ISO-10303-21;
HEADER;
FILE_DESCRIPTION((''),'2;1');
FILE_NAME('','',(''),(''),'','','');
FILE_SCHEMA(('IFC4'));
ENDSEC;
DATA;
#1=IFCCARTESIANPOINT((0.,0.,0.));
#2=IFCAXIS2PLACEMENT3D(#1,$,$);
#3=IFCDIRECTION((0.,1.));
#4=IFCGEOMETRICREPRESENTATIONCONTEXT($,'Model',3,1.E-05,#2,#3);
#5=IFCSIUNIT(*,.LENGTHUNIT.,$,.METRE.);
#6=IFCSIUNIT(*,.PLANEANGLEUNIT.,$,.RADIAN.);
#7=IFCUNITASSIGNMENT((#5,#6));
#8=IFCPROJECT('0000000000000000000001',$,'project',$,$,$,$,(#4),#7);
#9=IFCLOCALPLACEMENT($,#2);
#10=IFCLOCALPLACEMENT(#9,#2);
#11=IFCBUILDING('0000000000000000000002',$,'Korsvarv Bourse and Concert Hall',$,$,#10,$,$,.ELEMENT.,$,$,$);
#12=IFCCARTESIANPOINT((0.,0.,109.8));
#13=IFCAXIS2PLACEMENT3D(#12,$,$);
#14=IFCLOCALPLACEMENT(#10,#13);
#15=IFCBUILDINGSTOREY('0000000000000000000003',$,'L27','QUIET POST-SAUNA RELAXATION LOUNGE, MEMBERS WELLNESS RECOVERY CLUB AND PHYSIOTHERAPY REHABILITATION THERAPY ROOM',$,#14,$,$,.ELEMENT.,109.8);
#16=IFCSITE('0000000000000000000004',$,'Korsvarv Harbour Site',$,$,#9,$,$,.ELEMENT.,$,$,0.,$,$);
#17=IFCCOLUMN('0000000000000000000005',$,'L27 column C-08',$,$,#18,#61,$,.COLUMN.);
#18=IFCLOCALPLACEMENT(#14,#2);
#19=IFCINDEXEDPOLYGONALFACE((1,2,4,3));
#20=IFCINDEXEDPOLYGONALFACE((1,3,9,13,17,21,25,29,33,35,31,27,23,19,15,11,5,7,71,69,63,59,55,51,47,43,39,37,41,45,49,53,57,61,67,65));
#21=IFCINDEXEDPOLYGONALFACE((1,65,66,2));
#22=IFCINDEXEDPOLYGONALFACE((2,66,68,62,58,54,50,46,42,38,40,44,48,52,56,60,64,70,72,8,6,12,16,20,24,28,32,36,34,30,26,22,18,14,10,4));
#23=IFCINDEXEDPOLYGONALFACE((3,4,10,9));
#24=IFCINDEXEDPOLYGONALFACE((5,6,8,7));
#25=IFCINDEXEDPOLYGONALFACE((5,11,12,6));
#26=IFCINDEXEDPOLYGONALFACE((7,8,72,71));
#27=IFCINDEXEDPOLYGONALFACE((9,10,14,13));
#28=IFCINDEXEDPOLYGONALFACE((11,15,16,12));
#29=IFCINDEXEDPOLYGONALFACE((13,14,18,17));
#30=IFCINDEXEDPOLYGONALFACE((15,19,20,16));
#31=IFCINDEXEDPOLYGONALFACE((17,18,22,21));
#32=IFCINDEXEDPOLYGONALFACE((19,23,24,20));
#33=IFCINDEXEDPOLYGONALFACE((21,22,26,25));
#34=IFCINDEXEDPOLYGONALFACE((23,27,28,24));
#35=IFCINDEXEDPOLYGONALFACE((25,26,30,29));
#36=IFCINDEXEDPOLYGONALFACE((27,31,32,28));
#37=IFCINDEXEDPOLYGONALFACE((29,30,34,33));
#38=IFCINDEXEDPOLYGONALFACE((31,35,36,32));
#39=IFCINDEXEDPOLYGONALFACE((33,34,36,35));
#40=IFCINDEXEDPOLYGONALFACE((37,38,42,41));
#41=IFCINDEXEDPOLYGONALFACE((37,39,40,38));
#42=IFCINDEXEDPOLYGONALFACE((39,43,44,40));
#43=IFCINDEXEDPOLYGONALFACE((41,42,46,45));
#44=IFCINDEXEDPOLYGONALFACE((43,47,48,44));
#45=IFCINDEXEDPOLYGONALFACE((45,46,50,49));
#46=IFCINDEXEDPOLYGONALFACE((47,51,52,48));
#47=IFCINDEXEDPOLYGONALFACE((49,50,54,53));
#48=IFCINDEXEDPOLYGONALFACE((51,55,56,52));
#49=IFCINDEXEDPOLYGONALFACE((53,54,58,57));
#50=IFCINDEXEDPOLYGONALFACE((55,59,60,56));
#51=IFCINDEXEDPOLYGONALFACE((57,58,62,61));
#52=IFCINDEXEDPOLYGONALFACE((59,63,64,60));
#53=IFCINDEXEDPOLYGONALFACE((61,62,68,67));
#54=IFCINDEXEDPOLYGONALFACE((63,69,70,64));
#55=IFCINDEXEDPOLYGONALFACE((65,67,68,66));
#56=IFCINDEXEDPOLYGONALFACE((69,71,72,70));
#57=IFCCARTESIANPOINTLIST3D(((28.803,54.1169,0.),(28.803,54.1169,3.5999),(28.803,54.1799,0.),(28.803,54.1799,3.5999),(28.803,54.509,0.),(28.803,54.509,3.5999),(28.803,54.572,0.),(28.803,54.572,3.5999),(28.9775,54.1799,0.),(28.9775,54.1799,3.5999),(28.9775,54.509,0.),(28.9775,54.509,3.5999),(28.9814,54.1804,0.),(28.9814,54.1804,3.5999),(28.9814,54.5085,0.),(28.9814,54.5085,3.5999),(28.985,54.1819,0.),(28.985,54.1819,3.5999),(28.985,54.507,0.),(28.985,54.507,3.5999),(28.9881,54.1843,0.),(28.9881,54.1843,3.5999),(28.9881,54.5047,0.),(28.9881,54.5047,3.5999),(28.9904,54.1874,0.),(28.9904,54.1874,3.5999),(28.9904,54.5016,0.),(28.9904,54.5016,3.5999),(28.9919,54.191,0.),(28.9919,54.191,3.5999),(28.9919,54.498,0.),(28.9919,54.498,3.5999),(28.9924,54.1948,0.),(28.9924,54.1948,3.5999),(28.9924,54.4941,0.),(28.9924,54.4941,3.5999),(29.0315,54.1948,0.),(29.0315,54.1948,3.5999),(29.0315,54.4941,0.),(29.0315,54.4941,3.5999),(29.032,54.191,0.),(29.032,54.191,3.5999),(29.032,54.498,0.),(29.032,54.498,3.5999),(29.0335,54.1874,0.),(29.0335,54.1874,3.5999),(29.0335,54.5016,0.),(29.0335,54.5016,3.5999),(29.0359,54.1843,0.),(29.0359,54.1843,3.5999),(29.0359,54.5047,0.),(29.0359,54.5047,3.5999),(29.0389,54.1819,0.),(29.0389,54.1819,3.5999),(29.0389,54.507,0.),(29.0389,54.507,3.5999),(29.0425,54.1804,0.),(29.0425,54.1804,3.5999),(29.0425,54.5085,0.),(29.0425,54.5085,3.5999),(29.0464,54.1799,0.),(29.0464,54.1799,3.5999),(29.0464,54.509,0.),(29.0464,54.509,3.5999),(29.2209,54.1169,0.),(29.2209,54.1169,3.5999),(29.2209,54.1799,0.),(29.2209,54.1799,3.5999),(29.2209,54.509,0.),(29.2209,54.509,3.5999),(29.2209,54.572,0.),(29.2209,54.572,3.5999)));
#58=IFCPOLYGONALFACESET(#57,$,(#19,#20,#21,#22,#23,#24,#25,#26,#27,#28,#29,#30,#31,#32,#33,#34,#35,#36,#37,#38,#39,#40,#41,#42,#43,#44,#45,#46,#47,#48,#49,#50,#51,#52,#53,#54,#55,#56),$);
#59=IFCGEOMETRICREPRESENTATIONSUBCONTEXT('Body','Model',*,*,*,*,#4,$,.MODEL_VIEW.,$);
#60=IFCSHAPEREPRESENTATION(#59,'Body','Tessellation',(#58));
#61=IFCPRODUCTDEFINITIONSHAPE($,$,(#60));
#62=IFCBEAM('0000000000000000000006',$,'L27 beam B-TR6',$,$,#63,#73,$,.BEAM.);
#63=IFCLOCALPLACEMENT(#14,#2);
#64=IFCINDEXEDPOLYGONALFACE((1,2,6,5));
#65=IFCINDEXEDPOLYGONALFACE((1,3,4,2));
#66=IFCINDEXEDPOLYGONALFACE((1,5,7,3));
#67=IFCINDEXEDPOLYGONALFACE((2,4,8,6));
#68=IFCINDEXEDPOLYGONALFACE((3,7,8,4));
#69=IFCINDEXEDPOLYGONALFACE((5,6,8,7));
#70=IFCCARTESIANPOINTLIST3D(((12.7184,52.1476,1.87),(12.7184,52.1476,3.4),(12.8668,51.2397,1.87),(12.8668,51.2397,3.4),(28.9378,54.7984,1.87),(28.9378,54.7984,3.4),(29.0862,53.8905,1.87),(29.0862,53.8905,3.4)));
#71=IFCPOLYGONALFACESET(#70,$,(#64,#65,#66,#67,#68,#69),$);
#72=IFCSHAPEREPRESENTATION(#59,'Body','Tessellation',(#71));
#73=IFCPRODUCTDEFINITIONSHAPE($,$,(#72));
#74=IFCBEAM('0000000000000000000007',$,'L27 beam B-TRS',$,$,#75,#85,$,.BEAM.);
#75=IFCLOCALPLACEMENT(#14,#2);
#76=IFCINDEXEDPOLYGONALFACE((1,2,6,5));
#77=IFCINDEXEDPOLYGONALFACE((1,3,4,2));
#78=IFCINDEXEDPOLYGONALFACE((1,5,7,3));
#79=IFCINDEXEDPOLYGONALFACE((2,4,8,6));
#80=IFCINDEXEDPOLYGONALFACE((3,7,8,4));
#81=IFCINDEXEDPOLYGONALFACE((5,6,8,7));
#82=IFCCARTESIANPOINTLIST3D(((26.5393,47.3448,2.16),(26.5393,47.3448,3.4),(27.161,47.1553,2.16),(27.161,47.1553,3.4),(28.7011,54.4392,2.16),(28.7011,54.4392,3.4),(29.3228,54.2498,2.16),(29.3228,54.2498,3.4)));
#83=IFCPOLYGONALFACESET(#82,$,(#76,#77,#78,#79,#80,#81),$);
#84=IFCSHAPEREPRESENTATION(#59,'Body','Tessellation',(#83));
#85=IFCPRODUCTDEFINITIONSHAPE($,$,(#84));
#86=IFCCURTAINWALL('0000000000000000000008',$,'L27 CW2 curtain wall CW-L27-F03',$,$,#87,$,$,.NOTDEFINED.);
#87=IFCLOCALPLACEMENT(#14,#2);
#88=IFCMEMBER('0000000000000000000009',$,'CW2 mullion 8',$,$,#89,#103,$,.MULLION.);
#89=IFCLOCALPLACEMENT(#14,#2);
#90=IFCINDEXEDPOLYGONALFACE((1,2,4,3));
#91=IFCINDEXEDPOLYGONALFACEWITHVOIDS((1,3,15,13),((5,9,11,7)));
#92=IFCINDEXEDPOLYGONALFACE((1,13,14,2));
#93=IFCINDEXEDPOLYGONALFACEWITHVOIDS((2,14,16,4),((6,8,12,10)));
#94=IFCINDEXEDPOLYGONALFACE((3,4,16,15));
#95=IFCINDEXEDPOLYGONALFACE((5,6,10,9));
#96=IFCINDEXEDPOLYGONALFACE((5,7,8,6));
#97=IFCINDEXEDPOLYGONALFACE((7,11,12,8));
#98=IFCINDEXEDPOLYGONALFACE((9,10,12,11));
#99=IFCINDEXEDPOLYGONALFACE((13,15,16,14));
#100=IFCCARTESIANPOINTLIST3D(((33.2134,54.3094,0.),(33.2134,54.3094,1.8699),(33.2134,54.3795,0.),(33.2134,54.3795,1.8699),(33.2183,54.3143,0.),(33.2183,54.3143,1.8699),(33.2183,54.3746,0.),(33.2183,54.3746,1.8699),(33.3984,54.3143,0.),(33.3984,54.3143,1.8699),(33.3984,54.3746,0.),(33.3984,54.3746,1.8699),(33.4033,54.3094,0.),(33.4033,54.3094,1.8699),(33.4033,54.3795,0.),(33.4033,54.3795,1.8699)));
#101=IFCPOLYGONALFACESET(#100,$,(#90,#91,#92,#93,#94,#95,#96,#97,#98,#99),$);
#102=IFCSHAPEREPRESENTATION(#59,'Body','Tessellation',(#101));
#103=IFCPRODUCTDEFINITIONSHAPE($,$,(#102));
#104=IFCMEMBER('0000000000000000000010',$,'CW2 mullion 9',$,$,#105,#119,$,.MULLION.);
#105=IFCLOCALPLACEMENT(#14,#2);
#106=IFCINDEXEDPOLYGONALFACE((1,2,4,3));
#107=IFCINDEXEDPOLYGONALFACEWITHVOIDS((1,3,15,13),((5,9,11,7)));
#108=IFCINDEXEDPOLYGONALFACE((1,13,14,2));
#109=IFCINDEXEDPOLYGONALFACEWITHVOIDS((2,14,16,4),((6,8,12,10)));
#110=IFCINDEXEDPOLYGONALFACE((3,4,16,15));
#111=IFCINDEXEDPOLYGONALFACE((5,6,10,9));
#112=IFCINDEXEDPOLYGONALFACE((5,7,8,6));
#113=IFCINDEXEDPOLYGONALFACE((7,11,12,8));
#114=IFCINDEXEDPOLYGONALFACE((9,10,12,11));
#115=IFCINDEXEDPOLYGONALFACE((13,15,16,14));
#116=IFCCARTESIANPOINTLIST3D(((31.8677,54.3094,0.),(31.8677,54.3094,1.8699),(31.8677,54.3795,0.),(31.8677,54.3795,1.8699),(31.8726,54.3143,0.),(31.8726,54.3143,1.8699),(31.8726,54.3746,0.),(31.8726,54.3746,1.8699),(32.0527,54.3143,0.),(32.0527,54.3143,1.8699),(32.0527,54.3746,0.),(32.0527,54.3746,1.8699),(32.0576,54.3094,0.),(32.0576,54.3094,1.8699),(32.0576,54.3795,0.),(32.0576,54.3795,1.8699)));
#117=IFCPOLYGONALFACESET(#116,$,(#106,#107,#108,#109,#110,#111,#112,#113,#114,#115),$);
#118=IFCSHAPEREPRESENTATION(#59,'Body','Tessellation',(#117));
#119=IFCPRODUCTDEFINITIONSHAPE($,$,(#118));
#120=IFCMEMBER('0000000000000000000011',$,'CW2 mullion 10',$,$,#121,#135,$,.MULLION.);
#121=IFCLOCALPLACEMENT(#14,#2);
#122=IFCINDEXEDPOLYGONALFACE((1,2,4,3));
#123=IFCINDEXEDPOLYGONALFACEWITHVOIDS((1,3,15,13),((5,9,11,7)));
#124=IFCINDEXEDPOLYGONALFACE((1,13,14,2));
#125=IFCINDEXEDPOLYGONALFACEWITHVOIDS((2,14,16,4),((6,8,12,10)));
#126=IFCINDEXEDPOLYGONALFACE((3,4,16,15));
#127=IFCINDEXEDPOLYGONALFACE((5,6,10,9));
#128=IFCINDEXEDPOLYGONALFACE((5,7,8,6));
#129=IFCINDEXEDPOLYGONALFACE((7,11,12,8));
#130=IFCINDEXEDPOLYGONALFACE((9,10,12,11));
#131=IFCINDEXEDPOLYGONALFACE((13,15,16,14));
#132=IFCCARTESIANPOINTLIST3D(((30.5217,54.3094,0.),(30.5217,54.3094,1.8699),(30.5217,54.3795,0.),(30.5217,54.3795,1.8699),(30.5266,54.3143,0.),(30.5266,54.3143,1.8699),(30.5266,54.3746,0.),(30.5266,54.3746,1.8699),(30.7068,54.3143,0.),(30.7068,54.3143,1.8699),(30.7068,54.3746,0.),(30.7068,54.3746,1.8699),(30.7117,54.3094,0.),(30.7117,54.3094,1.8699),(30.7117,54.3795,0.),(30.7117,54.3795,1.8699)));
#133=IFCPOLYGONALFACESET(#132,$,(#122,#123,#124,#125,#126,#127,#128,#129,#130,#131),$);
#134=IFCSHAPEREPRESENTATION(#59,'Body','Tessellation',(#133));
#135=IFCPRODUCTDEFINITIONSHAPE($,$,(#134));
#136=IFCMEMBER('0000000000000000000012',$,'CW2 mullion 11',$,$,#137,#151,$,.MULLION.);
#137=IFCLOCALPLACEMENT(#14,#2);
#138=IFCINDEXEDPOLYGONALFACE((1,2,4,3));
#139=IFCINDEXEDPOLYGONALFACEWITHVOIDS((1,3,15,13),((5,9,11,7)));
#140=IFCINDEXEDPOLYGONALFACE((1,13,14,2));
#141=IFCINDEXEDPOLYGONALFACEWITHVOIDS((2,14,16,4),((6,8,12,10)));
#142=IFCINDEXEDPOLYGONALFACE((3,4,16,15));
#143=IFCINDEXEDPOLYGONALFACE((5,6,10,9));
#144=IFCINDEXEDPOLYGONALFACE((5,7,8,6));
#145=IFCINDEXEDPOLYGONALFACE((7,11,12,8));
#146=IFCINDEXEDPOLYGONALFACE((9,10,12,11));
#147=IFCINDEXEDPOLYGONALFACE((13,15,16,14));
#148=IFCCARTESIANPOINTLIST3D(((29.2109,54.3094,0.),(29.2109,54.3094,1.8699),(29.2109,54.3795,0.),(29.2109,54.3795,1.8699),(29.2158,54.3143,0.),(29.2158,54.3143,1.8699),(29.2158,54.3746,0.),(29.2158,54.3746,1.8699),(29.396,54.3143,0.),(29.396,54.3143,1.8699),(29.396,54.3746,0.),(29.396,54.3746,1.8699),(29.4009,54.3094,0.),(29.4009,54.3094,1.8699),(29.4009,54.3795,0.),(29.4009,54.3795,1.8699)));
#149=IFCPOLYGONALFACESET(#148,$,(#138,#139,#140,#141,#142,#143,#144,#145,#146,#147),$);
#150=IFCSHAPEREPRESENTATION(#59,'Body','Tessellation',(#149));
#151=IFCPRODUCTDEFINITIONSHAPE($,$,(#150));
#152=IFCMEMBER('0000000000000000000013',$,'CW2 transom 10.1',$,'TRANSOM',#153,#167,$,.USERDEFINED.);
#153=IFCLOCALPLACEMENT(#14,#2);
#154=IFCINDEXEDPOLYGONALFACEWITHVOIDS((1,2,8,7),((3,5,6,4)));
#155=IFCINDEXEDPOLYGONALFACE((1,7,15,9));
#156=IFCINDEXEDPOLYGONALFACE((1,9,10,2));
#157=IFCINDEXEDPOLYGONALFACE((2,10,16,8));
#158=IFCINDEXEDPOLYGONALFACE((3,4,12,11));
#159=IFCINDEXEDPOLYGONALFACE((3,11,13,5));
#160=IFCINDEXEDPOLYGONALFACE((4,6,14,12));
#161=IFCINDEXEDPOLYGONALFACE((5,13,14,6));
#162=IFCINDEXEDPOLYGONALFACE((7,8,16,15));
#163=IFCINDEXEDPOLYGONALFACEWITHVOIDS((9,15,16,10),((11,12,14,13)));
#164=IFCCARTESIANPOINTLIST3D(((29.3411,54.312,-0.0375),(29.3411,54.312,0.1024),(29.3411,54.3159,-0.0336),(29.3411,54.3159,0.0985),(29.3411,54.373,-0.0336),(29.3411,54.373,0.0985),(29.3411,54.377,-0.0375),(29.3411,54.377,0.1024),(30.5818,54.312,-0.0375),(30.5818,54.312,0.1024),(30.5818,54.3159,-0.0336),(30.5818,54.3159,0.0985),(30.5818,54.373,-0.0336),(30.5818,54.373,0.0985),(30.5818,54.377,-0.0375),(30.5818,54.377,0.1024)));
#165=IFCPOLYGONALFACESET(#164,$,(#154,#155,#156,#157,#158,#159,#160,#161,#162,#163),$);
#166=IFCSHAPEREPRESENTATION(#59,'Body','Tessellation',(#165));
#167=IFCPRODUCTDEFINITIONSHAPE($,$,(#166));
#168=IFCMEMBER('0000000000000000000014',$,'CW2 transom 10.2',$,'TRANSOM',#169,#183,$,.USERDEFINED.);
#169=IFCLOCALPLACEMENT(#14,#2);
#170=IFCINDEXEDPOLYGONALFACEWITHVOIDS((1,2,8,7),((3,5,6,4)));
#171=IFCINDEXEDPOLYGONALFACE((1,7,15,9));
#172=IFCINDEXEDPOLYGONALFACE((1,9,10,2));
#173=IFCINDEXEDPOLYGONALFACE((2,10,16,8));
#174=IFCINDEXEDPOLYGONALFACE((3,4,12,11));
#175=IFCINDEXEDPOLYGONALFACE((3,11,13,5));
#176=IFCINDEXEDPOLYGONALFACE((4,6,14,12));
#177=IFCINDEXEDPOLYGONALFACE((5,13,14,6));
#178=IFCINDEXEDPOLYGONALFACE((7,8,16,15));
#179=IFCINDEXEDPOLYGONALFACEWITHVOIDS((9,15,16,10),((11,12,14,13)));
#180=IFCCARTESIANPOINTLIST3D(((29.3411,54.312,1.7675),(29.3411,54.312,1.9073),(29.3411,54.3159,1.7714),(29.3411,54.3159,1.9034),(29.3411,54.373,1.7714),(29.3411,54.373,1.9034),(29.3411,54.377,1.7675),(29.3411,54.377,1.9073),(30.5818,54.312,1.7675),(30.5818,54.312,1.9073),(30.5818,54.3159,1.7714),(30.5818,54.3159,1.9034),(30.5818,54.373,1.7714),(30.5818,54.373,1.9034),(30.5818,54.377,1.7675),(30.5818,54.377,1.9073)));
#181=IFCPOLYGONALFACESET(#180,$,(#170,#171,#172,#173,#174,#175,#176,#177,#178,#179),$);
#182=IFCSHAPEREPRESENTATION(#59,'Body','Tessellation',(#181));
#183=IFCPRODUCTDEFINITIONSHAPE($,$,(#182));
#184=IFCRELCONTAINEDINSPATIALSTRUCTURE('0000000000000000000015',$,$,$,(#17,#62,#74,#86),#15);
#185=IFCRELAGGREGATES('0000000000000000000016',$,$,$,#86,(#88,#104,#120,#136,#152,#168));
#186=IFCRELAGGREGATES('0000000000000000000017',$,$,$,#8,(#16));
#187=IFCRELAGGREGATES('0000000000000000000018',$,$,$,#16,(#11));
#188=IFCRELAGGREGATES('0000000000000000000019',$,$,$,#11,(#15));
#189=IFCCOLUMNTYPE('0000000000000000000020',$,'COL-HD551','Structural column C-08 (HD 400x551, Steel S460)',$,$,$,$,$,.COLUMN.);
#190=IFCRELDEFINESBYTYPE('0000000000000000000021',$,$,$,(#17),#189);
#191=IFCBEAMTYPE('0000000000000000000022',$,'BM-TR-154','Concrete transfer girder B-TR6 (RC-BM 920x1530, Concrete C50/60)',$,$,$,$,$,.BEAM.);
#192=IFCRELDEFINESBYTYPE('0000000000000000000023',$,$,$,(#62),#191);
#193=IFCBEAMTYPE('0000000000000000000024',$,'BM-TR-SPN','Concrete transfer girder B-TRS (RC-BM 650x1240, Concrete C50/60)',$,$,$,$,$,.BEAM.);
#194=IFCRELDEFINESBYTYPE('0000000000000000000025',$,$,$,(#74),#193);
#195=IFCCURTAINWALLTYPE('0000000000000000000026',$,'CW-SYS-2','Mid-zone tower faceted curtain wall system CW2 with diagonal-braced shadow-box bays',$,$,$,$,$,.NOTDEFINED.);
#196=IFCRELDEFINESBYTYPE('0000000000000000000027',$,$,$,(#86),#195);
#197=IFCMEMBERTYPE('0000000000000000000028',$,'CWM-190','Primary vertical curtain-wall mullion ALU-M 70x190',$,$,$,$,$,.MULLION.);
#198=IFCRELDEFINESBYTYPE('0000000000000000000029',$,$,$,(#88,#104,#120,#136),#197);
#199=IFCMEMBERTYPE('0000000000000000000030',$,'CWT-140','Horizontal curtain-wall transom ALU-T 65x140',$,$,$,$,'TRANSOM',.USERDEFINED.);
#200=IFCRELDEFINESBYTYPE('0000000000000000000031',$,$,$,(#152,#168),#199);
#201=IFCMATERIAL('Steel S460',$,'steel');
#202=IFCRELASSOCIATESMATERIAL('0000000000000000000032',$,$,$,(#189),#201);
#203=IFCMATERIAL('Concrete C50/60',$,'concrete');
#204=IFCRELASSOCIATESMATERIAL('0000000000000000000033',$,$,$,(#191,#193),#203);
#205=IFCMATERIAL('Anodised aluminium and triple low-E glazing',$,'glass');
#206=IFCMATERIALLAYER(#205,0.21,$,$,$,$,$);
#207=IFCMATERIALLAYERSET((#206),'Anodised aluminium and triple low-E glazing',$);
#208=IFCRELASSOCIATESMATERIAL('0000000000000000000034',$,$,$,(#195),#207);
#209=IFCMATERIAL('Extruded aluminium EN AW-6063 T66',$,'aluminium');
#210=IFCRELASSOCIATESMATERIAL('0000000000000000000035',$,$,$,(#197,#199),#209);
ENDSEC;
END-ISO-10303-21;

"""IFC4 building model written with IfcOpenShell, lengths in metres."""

from ifc_helpers import new_model, si_unit, direction, frame, origin, origin_2d, place, context, subcontext, project, spatial, rectangle, hollow_rectangle, i_section, extrude, source, transform, mapped, material, layer, layer_set, material_profile, profile_set, type_object, element, aggregate, save


model = new_model("IFC4")

# Units and contexts
model_context = context("Model", 3, precision=1e-05, world=origin(), true_north=direction((0.0, 1.0)))
body_context = subcontext(model_context, "Body", "Model", "MODEL_VIEW")
ifc_project = project(units=[si_unit("LENGTHUNIT", "METRE"), si_unit("PLANEANGLEUNIT", "RADIAN")], contexts=[model_context])

# Site, building, storey
site_placement = place(None, origin())
site = spatial("IfcSite", under=ifc_project, at=site_placement, Name="Korsvarv Harbour Site", CompositionType="ELEMENT", RefElevation=0.0)
building_placement = place(site_placement, origin())
building = spatial("IfcBuilding", under=site, at=building_placement, Name="Korsvarv Bourse and Concert Hall", CompositionType="ELEMENT")
storey_placement = place(building_placement, frame((0.0, 0.0, 109.8)))
storey = spatial("IfcBuildingStorey", under=building, at=storey_placement, Name="L27", Description="QUIET POST-SAUNA RELAXATION LOUNGE, MEMBERS WELLNESS RECOVERY CLUB AND PHYSIOTHERAPY REHABILITATION THERAPY ROOM", CompositionType="ELEMENT", Elevation=109.8)

# Column
ifc_material_1 = material(Name="Steel S460", Category="steel")
ifc_material_profile_1 = material_profile(ifc_material_1, i_section(OverallWidth=0.418, OverallDepth=0.4551, WebThickness=0.0391, FlangeThickness=0.063, FilletRadius=0.0149, at=origin_2d()), Name="HD 400x551")
ifc_profile_set_1 = profile_set([ifc_material_profile_1], Name="Steel S460")
column_type = type_object("IfcColumnType", Name="COL-HD551", Description="Structural column C-08 (HD 400x551, Steel S460)", PredefinedType="COLUMN", material=ifc_profile_set_1)
shared_shape_1 = source(origin(), body_context, "Body", "SweptSolid", [
    extrude(i_section(OverallWidth=0.418, OverallDepth=0.4551, WebThickness=0.0391, FlangeThickness=0.063, FilletRadius=0.0149, at=origin_2d()), origin(), (0.0, 0.0, 1.0), 3.5999),
])
column_placement = place(storey_placement, frame((29.012, 54.3445, 0.0), z_axis=(0.0, 0.0, 1.0), x_axis=(1.0, 0.0, 0.0)))
element("IfcColumn", 1, at=column_placement, inside=storey, type_object=column_type, Name="L27 column C-08", PredefinedType="COLUMN", context=body_context, shape_type="MappedRepresentation", body=[
    mapped(shared_shape_1, transform((0.0, 0.0, 0.0), scale=1.0)),
])

# Beams
ifc_material_2 = material(Name="Concrete C50/60", Category="concrete")
ifc_material_profile_2 = material_profile(ifc_material_2, rectangle(XDim=0.9199, YDim=1.53, at=origin_2d()), Name="RC-BM 920x1530")
ifc_profile_set_2 = profile_set([ifc_material_profile_2], Name="Concrete C50/60")
beam_type_1 = type_object("IfcBeamType", Name="BM-TR-154", Description="Concrete transfer girder B-TR6 (RC-BM 920x1530, Concrete C50/60)", PredefinedType="BEAM", material=ifc_profile_set_2)
shared_shape_2 = source(origin(), body_context, "Body", "SweptSolid", [
    extrude(rectangle(XDim=0.9199, YDim=1.53, at=origin_2d()), origin(), (0.0, 0.0, 1.0), 16.4346),
])
beam_1_placement = place(storey_placement, frame((29.012, 54.3445, 2.635), z_axis=(-0.986906, -0.161298, 0.0), x_axis=(0.161298, -0.986906, 0.0)))
element("IfcBeam", 2, at=beam_1_placement, inside=storey, type_object=beam_type_1, Name="L27 beam B-TR6", PredefinedType="BEAM", context=body_context, shape_type="MappedRepresentation", body=[
    mapped(shared_shape_2, transform((0.0, 0.0, 0.0), scale=1.0)),
])
ifc_material_profile_3 = material_profile(ifc_material_2, rectangle(XDim=0.6499, YDim=1.24, at=origin_2d()), Name="RC-BM 650x1240")
ifc_profile_set_3 = profile_set([ifc_material_profile_3], Name="Concrete C50/60")
beam_type_2 = type_object("IfcBeamType", Name="BM-TR-SPN", Description="Concrete transfer girder B-TRS (RC-BM 650x1240, Concrete C50/60)", PredefinedType="BEAM", material=ifc_profile_set_3)
shared_shape_3 = source(origin(), body_context, "Body", "SweptSolid", [
    extrude(rectangle(XDim=0.6499, YDim=1.24, at=origin_2d()), origin(), (0.0, 0.0, 1.0), 7.4165),
])
beam_2_placement = place(storey_placement, frame((29.012, 54.3445, 2.78), z_axis=(-0.291492, -0.956573, 0.0), x_axis=(0.956573, -0.291492, 0.0)))
element("IfcBeam", 3, at=beam_2_placement, inside=storey, type_object=beam_type_2, Name="L27 beam B-TRS", PredefinedType="BEAM", context=body_context, shape_type="MappedRepresentation", body=[
    mapped(shared_shape_3, transform((0.0, 0.0, 0.0), scale=1.0)),
])

# Curtain wall, members
ifc_material_3 = material(Name="Anodised aluminium and triple low-E glazing", Category="glass")
ifc_layer_1 = layer(ifc_material_3, 0.21)
ifc_layer_set_1 = layer_set([ifc_layer_1], Name="Anodised aluminium and triple low-E glazing")
curtain_wall_type = type_object("IfcCurtainWallType", Name="CW-SYS-2", Description="Mid-zone tower faceted curtain wall system CW2 with diagonal-braced shadow-box bays", PredefinedType="NOTDEFINED", material=ifc_layer_set_1)
curtain_wall_placement = place(storey_placement, origin())
curtain_wall = element("IfcCurtainWall", 4, at=curtain_wall_placement, inside=storey, type_object=curtain_wall_type, Name="L27 CW2 curtain wall CW-L27-F03", PredefinedType="NOTDEFINED")
ifc_material_4 = material(Name="Extruded aluminium EN AW-6063 T66", Category="aluminium")
ifc_material_profile_4 = material_profile(ifc_material_4, hollow_rectangle(XDim=0.0701, YDim=0.1899, WallThickness=0.0049, at=origin_2d()), Name="ALU-M 70x190")
ifc_profile_set_4 = profile_set([ifc_material_profile_4], Name="Extruded aluminium EN AW-6063 T66")
member_type_1 = type_object("IfcMemberType", Name="CWM-190", Description="Primary vertical curtain-wall mullion ALU-M 70x190", PredefinedType="MULLION", material=ifc_profile_set_4)
shared_shape_4 = source(origin(), body_context, "Body", "SweptSolid", [
    extrude(hollow_rectangle(XDim=0.0701, YDim=0.1899, WallThickness=0.0049, at=origin_2d()), origin(), (0.0, 0.0, 1.0), 1.8699),
])
member_1_placement = place(storey_placement, frame((33.3083, 54.3445, 0.0), z_axis=(0.0, 0.0, 1.0), x_axis=(0.0, -1.0, 0.0)))
member_1 = element("IfcMember", 5, at=member_1_placement, type_object=member_type_1, Name="CW2 mullion 8", PredefinedType="MULLION", context=body_context, shape_type="MappedRepresentation", body=[
    mapped(shared_shape_4, transform((0.0, 0.0, 0.0), scale=1.0)),
])
member_2_placement = place(storey_placement, frame((31.9626, 54.3445, 0.0), z_axis=(0.0, 0.0, 1.0), x_axis=(0.0, -1.0, 0.0)))
member_2 = element("IfcMember", 6, at=member_2_placement, type_object=member_type_1, Name="CW2 mullion 9", PredefinedType="MULLION", context=body_context, shape_type="MappedRepresentation", body=[
    mapped(shared_shape_4, transform((0.0, 0.0, 0.0), scale=1.0)),
])
member_3_placement = place(storey_placement, frame((30.6167, 54.3445, 0.0), z_axis=(0.0, 0.0, 1.0), x_axis=(0.0, -1.0, 0.0)))
member_3 = element("IfcMember", 7, at=member_3_placement, type_object=member_type_1, Name="CW2 mullion 10", PredefinedType="MULLION", context=body_context, shape_type="MappedRepresentation", body=[
    mapped(shared_shape_4, transform((0.0, 0.0, 0.0), scale=1.0)),
])
member_4_placement = place(storey_placement, frame((29.3059, 54.3445, 0.0), z_axis=(0.0, 0.0, 1.0), x_axis=(0.0, -1.0, 0.0)))
member_4 = element("IfcMember", 8, at=member_4_placement, type_object=member_type_1, Name="CW2 mullion 11", PredefinedType="MULLION", context=body_context, shape_type="MappedRepresentation", body=[
    mapped(shared_shape_4, transform((0.0, 0.0, 0.0), scale=1.0)),
])
ifc_material_profile_5 = material_profile(ifc_material_4, hollow_rectangle(XDim=0.0649, YDim=0.1399, WallThickness=0.0039, at=origin_2d()), Name="ALU-T 65x140")
ifc_profile_set_5 = profile_set([ifc_material_profile_5], Name="Extruded aluminium EN AW-6063 T66")
member_type_2 = type_object("IfcMemberType", Name="CWT-140", Description="Horizontal curtain-wall transom ALU-T 65x140", ElementType="TRANSOM", PredefinedType="USERDEFINED", material=ifc_profile_set_5)
shared_shape_5 = source(origin(), body_context, "Body", "SweptSolid", [
    extrude(hollow_rectangle(XDim=0.0649, YDim=0.1399, WallThickness=0.0039, at=origin_2d()), origin(), (0.0, 0.0, 1.0), 1.2407),
])
member_5_placement = place(storey_placement, frame((30.5818, 54.3445, 0.0325), z_axis=(-1.0, 0.0, 0.0), x_axis=(0.0, -1.0, 0.0)))
member_5 = element("IfcMember", 9, at=member_5_placement, type_object=member_type_2, Name="CW2 transom 10.1", ObjectType="TRANSOM", PredefinedType="USERDEFINED", context=body_context, shape_type="MappedRepresentation", body=[
    mapped(shared_shape_5, transform((0.0, 0.0, 0.0), scale=1.0)),
])
member_6_placement = place(storey_placement, frame((30.5818, 54.3445, 1.8374), z_axis=(-1.0, 0.0, 0.0), x_axis=(0.0, -1.0, 0.0)))
member_6 = element("IfcMember", 10, at=member_6_placement, type_object=member_type_2, Name="CW2 transom 10.2", ObjectType="TRANSOM", PredefinedType="USERDEFINED", context=body_context, shape_type="MappedRepresentation", body=[
    mapped(shared_shape_5, transform((0.0, 0.0, 0.0), scale=1.0)),
])
aggregate(curtain_wall, [member_1, member_2, member_3, member_4, member_5, member_6])

save(model, "model.ifc")
